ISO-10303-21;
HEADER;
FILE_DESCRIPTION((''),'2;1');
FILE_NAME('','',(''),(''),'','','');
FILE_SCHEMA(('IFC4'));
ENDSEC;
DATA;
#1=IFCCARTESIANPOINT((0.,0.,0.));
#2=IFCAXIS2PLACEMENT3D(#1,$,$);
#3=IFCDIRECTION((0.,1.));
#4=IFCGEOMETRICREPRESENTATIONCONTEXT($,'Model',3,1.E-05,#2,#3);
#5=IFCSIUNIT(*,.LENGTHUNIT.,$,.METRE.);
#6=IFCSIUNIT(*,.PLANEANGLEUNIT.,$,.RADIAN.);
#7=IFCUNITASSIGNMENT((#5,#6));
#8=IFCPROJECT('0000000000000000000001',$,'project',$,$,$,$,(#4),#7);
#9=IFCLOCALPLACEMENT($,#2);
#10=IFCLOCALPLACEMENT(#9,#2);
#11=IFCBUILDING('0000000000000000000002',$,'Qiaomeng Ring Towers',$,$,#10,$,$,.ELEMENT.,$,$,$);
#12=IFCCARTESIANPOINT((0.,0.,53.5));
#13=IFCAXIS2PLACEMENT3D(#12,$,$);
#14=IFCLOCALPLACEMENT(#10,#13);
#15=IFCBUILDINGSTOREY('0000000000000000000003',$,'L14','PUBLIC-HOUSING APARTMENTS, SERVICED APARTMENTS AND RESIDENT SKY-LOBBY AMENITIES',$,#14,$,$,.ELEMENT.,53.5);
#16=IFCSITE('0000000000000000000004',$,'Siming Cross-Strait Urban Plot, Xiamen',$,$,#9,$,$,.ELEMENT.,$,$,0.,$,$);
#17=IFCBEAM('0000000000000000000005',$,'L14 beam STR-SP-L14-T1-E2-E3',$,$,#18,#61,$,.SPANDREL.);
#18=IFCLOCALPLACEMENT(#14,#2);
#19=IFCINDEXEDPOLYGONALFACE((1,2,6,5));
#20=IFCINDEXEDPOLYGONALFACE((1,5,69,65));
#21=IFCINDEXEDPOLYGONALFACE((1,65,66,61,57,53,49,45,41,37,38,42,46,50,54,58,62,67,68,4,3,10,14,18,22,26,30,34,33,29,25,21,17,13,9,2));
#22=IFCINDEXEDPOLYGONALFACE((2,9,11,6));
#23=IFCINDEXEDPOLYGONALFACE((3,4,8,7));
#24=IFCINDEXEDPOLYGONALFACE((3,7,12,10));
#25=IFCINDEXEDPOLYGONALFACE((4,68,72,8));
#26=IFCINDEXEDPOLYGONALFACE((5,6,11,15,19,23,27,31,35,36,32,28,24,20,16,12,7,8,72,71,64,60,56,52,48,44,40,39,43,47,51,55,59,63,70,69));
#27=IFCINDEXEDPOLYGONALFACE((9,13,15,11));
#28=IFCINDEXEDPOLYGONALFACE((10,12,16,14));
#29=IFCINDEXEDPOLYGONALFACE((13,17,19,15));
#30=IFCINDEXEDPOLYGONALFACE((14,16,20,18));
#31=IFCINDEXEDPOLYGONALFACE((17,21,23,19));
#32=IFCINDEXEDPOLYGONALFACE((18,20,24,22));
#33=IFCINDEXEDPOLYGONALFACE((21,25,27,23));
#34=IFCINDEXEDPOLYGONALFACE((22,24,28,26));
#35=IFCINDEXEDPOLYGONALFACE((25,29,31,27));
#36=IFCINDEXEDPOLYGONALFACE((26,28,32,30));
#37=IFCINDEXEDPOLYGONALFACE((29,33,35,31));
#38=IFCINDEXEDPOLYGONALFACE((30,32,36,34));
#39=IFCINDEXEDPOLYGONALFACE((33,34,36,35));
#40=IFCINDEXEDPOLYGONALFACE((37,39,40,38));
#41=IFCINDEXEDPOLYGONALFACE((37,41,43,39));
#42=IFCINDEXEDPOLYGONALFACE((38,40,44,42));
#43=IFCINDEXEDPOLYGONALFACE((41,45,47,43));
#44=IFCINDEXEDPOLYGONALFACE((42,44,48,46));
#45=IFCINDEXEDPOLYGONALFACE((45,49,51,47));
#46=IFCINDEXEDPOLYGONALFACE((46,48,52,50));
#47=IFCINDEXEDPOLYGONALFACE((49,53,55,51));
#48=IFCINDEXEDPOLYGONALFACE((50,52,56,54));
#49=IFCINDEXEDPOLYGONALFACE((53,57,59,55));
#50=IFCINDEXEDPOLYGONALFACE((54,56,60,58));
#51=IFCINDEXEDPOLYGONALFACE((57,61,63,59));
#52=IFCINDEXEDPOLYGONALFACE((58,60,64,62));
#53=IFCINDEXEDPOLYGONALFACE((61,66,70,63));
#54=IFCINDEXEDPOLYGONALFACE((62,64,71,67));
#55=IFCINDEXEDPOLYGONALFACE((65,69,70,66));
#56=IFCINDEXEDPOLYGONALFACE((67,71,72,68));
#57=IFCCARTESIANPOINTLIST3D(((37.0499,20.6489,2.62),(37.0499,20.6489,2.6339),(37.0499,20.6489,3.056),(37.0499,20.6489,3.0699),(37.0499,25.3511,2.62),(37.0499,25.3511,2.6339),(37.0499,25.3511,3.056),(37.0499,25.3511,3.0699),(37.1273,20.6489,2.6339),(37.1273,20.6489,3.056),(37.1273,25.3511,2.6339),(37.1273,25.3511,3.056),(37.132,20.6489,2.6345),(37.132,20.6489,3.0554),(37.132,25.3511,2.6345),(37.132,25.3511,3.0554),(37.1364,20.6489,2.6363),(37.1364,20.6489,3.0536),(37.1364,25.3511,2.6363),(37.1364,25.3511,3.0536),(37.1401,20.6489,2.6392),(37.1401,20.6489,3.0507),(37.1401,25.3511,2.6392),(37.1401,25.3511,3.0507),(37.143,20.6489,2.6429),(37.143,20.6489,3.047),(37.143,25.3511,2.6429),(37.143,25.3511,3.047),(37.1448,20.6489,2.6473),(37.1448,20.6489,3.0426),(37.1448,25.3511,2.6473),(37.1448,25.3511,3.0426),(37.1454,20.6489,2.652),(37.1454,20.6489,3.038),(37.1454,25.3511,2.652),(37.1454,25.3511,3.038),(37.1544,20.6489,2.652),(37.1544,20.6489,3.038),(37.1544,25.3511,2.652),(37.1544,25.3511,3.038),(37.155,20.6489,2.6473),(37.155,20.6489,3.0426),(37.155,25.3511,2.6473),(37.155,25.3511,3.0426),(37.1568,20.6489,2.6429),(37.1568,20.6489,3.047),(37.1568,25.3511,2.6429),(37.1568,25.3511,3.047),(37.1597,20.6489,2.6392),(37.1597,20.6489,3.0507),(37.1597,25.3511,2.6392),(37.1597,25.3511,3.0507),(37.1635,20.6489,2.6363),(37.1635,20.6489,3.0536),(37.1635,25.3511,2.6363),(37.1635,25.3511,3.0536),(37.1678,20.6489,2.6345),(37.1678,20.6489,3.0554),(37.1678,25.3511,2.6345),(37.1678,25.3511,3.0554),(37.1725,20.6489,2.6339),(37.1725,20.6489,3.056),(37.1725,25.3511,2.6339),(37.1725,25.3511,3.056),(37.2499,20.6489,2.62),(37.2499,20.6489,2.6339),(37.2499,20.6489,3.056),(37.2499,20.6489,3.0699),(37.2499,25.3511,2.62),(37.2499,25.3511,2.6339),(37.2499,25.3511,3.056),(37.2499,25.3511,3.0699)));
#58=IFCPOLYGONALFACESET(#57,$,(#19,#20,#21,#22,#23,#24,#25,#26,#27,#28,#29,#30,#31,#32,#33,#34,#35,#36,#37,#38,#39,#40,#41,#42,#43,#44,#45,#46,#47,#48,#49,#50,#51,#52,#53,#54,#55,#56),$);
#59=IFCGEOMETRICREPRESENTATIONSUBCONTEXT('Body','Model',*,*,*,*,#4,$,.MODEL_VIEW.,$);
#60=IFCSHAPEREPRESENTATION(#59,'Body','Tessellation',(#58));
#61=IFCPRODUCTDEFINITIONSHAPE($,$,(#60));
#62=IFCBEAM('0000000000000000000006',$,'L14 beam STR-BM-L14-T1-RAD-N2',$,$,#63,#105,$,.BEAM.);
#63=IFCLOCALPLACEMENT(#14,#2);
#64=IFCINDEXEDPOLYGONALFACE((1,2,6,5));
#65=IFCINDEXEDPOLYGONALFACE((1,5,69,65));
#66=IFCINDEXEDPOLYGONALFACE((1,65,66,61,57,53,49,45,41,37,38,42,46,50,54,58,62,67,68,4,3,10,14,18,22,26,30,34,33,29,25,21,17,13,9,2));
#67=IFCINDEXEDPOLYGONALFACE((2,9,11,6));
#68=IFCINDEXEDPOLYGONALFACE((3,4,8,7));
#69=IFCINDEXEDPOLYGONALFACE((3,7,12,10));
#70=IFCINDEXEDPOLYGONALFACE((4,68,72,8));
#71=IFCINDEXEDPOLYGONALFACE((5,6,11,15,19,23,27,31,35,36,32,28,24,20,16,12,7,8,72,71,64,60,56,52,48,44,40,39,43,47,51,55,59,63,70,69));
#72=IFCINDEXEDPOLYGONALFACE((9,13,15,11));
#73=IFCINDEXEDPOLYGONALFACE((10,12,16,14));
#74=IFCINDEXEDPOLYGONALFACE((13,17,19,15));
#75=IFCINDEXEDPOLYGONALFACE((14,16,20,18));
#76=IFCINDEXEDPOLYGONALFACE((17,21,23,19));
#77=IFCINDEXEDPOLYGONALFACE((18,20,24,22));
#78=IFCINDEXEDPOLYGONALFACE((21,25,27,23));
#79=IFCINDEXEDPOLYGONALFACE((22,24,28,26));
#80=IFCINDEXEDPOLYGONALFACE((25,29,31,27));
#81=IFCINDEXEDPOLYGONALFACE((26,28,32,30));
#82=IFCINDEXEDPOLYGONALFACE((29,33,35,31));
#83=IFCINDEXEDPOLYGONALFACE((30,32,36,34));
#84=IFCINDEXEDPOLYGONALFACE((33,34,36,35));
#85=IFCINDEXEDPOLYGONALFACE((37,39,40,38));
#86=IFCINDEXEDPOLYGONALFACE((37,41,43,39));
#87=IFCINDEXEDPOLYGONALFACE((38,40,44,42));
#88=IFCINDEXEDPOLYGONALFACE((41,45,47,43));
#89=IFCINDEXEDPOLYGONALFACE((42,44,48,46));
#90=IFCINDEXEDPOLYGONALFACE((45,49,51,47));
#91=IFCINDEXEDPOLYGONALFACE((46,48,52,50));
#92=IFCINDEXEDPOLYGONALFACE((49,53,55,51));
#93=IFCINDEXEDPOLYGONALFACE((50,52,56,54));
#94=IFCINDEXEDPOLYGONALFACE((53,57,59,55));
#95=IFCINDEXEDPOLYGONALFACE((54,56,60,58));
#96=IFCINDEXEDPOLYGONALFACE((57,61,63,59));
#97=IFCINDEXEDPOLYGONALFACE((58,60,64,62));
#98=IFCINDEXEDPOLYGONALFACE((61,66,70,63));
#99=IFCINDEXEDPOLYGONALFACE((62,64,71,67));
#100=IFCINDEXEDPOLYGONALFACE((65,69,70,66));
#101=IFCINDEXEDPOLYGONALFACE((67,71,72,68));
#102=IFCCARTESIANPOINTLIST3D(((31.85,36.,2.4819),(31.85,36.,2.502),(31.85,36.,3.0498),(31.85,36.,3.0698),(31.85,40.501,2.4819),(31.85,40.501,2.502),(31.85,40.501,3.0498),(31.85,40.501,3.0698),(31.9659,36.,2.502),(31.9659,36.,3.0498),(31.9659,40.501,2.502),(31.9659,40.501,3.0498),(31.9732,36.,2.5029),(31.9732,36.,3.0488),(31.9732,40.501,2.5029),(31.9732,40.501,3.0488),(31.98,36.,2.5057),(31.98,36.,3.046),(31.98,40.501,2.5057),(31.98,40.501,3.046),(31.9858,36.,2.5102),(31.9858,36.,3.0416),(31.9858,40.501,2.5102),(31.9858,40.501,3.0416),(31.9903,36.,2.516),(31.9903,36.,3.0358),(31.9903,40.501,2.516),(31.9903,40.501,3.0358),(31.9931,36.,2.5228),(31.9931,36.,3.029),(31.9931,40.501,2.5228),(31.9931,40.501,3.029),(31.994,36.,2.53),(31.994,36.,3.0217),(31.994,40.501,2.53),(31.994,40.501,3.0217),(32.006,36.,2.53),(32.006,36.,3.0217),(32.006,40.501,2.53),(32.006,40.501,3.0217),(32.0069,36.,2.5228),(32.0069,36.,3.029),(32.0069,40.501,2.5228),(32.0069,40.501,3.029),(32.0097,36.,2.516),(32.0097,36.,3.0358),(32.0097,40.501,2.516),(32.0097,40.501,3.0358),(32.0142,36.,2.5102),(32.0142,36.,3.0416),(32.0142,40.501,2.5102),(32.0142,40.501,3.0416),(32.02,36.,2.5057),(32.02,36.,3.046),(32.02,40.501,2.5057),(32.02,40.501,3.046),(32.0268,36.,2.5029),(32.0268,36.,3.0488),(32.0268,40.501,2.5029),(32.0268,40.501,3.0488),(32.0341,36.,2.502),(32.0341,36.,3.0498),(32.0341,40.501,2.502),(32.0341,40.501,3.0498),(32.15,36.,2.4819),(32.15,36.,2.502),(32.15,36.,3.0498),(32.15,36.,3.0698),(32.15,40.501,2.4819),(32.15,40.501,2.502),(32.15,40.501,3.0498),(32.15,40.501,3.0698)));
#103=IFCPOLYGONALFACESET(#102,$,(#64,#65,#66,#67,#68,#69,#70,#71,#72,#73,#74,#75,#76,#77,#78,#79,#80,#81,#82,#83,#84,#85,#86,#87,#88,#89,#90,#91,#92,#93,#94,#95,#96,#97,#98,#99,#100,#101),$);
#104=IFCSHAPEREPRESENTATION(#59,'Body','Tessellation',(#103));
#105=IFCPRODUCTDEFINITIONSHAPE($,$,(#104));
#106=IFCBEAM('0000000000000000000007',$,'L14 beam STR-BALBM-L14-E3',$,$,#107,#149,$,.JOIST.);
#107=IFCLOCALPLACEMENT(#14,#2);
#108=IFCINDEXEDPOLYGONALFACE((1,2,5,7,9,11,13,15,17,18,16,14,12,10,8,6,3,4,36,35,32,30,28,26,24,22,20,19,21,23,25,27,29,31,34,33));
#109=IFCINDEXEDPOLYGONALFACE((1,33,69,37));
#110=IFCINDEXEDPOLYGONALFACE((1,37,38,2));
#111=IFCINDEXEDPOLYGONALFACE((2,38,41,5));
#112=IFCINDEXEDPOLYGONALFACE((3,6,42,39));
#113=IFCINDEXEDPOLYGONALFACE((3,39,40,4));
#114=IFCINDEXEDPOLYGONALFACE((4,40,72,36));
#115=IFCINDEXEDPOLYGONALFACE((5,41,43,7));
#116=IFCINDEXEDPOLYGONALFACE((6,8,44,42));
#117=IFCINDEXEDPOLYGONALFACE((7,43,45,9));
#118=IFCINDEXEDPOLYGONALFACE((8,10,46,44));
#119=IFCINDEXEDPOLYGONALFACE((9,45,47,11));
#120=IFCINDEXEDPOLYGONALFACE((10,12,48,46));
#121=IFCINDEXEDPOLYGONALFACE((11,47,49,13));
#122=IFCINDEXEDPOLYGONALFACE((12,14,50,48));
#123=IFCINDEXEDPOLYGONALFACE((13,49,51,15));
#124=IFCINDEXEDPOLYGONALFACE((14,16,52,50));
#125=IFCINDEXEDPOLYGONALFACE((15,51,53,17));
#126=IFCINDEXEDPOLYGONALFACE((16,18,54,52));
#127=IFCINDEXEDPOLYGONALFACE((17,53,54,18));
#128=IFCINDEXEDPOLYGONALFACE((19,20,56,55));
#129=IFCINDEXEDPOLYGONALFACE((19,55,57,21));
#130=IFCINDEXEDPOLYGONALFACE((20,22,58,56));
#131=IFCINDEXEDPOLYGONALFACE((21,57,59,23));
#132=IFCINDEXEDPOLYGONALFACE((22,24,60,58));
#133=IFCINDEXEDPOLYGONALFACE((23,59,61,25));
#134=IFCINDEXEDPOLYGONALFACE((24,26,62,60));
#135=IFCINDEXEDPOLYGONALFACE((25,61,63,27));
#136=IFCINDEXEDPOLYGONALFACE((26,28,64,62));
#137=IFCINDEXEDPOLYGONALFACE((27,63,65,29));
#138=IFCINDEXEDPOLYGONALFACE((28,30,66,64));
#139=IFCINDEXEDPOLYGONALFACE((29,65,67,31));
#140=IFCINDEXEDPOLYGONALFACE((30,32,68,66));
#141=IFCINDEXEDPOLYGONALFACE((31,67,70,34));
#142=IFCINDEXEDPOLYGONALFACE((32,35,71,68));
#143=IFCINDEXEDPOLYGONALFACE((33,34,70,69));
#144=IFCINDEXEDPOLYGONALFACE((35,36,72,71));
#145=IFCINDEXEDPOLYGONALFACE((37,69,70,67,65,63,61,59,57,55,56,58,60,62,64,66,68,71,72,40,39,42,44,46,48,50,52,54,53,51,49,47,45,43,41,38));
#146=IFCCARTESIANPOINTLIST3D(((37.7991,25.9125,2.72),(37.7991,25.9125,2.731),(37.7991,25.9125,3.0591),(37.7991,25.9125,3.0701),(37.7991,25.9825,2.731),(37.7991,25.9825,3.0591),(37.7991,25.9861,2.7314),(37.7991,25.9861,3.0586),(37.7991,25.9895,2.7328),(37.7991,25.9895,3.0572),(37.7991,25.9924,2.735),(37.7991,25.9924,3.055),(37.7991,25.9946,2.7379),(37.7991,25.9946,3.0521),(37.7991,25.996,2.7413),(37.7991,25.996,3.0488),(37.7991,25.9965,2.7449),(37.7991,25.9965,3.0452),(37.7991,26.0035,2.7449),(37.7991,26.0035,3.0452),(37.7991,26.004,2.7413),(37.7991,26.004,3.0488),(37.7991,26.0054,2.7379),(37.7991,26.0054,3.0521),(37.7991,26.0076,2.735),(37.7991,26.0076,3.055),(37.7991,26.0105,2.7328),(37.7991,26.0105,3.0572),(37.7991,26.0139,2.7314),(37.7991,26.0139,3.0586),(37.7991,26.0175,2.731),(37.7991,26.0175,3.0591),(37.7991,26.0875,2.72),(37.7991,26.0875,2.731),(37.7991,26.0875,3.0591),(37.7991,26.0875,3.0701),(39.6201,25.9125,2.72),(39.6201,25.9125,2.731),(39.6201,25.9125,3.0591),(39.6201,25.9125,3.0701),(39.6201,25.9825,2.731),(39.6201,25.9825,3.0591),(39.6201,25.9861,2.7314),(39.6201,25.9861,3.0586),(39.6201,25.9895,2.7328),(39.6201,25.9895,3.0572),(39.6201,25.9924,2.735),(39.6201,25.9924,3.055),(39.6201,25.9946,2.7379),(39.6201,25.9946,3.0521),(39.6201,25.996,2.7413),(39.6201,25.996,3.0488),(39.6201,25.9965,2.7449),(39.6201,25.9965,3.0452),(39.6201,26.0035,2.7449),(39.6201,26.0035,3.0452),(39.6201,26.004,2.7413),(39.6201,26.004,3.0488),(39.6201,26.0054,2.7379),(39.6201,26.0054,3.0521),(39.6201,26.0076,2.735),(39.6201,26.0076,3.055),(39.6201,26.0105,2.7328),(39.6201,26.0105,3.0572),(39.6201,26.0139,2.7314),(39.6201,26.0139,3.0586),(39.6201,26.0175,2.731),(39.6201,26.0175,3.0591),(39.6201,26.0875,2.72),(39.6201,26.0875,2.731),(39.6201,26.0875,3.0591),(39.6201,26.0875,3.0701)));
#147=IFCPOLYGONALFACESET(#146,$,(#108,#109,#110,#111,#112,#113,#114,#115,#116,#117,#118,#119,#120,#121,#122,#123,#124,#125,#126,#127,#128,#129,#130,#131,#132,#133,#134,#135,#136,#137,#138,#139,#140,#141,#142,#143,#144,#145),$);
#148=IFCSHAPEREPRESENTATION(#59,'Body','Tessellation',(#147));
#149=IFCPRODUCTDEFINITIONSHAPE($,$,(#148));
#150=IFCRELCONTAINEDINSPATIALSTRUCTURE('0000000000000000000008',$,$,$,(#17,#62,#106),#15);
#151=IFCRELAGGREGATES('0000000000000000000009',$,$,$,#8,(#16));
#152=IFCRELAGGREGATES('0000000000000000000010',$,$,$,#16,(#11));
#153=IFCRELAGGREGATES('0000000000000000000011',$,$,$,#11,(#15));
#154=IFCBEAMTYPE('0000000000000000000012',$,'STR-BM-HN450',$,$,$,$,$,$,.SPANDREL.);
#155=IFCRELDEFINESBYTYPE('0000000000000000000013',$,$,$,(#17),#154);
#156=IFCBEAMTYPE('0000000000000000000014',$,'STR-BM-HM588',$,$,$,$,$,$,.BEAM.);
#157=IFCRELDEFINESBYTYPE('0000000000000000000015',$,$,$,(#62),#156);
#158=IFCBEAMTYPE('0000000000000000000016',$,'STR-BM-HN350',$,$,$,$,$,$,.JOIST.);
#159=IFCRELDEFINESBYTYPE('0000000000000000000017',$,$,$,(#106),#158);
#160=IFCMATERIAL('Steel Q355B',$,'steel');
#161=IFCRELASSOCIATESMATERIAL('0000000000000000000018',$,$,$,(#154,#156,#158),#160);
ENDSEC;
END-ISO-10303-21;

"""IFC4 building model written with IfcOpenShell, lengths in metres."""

from ifc_helpers import new_model, si_unit, direction, frame, origin, origin_2d, place, context, subcontext, project, spatial, i_section, extrude, source, transform, mapped, material, material_profile, profile_set, type_object, element, save


model = new_model("IFC4")

# Units and contexts
model_context = context("Model", 3, precision=1e-05, world=origin(), true_north=direction((0.0, 1.0)))
body_context = subcontext(model_context, "Body", "Model", "MODEL_VIEW")
ifc_project = project(units=[si_unit("LENGTHUNIT", "METRE"), si_unit("PLANEANGLEUNIT", "RADIAN")], contexts=[model_context])

# Site, building, storey
site_placement = place(None, origin())
site = spatial("IfcSite", under=ifc_project, at=site_placement, Name="Siming Cross-Strait Urban Plot, Xiamen", CompositionType="ELEMENT", RefElevation=0.0)
building_placement = place(site_placement, origin())
building = spatial("IfcBuilding", under=site, at=building_placement, Name="Qiaomeng Ring Towers", CompositionType="ELEMENT")
storey_placement = place(building_placement, frame((0.0, 0.0, 53.5)))
storey = spatial("IfcBuildingStorey", under=building, at=storey_placement, Name="L14", Description="PUBLIC-HOUSING APARTMENTS, SERVICED APARTMENTS AND RESIDENT SKY-LOBBY AMENITIES", CompositionType="ELEMENT", Elevation=53.5)

# Beams
ifc_material_1 = material(Name="Steel Q355B", Category="steel")
ifc_material_profile_1 = material_profile(ifc_material_1, i_section(OverallWidth=0.2, OverallDepth=0.45, WebThickness=0.009, FlangeThickness=0.0139, FilletRadius=0.0181, at=origin_2d()), Name="HN 450x200x9x14")
ifc_profile_set_1 = profile_set([ifc_material_profile_1], Name="Steel Q355B")
beam_type_1 = type_object("IfcBeamType", Name="STR-BM-HN450", PredefinedType="SPANDREL", material=ifc_profile_set_1)
shared_shape_1 = source(origin(), body_context, "Body", "SweptSolid", [
    extrude(i_section(OverallWidth=0.2, OverallDepth=0.45, WebThickness=0.009, FlangeThickness=0.0139, FilletRadius=0.0181, at=origin_2d()), origin(), (0.0, 0.0, 1.0), 4.7021),
])
beam_1_placement = place(storey_placement, frame((37.1499, 20.6489, 2.845), z_axis=(0.0, 1.0, 0.0), x_axis=(-1.0, 0.0, 0.0)))
element("IfcBeam", 1, at=beam_1_placement, inside=storey, type_object=beam_type_1, Name="L14 beam STR-SP-L14-T1-E2-E3", PredefinedType="SPANDREL", context=body_context, shape_type="MappedRepresentation", body=[
    mapped(shared_shape_1, transform((0.0, 0.0, 0.0), x_axis=(1.0, 0.0, 0.0), y_axis=(0.0, 1.0, 0.0), z_axis=(0.0, 0.0, 1.0), scale=1.0)),
])
ifc_material_profile_2 = material_profile(ifc_material_1, i_section(OverallWidth=0.3, OverallDepth=0.5879, WebThickness=0.012, FlangeThickness=0.02, FilletRadius=0.0281, at=origin_2d()), Name="HM 588x300x12x20")
ifc_profile_set_2 = profile_set([ifc_material_profile_2], Name="Steel Q355B")
beam_type_2 = type_object("IfcBeamType", Name="STR-BM-HM588", PredefinedType="BEAM", material=ifc_profile_set_2)
shared_shape_2 = source(origin(), body_context, "Body", "SweptSolid", [
    extrude(i_section(OverallWidth=0.3, OverallDepth=0.5879, WebThickness=0.012, FlangeThickness=0.02, FilletRadius=0.0281, at=origin_2d()), origin(), (0.0, 0.0, 1.0), 4.501),
])
beam_2_placement = place(storey_placement, frame((32.0, 40.501, 2.7759), z_axis=(0.0, -1.0, 0.0), x_axis=(1.0, 0.0, 0.0)))
element("IfcBeam", 2, at=beam_2_placement, inside=storey, type_object=beam_type_2, Name="L14 beam STR-BM-L14-T1-RAD-N2", PredefinedType="BEAM", context=body_context, shape_type="MappedRepresentation", body=[
    mapped(shared_shape_2, transform((0.0, 0.0, 0.0), x_axis=(1.0, 0.0, 0.0), y_axis=(0.0, 1.0, 0.0), z_axis=(0.0, 0.0, 1.0), scale=1.0)),
])
ifc_material_profile_3 = material_profile(ifc_material_1, i_section(OverallWidth=0.175, OverallDepth=0.3501, WebThickness=0.0071, FlangeThickness=0.011, FilletRadius=0.0139, at=origin_2d()), Name="HN 350x175x7x11")
ifc_profile_set_3 = profile_set([ifc_material_profile_3], Name="Steel Q355B")
beam_type_3 = type_object("IfcBeamType", Name="STR-BM-HN350", PredefinedType="JOIST", material=ifc_profile_set_3)
shared_shape_3 = source(origin(), body_context, "Body", "SweptSolid", [
    extrude(i_section(OverallWidth=0.175, OverallDepth=0.3501, WebThickness=0.0071, FlangeThickness=0.011, FilletRadius=0.0139, at=origin_2d()), origin(), (0.0, 0.0, 1.0), 1.821),
])
beam_3_placement = place(storey_placement, frame((37.7991, 26.0, 2.895), z_axis=(1.0, 0.0, 0.0), x_axis=(0.0, 1.0, 0.0)))
element("IfcBeam", 3, at=beam_3_placement, inside=storey, type_object=beam_type_3, Name="L14 beam STR-BALBM-L14-E3", PredefinedType="JOIST", context=body_context, shape_type="MappedRepresentation", body=[
    mapped(shared_shape_3, transform((0.0, 0.0, 0.0), x_axis=(1.0, 0.0, 0.0), y_axis=(0.0, 1.0, 0.0), z_axis=(0.0, 0.0, 1.0), scale=1.0)),
])

save(model, "model.ifc")
